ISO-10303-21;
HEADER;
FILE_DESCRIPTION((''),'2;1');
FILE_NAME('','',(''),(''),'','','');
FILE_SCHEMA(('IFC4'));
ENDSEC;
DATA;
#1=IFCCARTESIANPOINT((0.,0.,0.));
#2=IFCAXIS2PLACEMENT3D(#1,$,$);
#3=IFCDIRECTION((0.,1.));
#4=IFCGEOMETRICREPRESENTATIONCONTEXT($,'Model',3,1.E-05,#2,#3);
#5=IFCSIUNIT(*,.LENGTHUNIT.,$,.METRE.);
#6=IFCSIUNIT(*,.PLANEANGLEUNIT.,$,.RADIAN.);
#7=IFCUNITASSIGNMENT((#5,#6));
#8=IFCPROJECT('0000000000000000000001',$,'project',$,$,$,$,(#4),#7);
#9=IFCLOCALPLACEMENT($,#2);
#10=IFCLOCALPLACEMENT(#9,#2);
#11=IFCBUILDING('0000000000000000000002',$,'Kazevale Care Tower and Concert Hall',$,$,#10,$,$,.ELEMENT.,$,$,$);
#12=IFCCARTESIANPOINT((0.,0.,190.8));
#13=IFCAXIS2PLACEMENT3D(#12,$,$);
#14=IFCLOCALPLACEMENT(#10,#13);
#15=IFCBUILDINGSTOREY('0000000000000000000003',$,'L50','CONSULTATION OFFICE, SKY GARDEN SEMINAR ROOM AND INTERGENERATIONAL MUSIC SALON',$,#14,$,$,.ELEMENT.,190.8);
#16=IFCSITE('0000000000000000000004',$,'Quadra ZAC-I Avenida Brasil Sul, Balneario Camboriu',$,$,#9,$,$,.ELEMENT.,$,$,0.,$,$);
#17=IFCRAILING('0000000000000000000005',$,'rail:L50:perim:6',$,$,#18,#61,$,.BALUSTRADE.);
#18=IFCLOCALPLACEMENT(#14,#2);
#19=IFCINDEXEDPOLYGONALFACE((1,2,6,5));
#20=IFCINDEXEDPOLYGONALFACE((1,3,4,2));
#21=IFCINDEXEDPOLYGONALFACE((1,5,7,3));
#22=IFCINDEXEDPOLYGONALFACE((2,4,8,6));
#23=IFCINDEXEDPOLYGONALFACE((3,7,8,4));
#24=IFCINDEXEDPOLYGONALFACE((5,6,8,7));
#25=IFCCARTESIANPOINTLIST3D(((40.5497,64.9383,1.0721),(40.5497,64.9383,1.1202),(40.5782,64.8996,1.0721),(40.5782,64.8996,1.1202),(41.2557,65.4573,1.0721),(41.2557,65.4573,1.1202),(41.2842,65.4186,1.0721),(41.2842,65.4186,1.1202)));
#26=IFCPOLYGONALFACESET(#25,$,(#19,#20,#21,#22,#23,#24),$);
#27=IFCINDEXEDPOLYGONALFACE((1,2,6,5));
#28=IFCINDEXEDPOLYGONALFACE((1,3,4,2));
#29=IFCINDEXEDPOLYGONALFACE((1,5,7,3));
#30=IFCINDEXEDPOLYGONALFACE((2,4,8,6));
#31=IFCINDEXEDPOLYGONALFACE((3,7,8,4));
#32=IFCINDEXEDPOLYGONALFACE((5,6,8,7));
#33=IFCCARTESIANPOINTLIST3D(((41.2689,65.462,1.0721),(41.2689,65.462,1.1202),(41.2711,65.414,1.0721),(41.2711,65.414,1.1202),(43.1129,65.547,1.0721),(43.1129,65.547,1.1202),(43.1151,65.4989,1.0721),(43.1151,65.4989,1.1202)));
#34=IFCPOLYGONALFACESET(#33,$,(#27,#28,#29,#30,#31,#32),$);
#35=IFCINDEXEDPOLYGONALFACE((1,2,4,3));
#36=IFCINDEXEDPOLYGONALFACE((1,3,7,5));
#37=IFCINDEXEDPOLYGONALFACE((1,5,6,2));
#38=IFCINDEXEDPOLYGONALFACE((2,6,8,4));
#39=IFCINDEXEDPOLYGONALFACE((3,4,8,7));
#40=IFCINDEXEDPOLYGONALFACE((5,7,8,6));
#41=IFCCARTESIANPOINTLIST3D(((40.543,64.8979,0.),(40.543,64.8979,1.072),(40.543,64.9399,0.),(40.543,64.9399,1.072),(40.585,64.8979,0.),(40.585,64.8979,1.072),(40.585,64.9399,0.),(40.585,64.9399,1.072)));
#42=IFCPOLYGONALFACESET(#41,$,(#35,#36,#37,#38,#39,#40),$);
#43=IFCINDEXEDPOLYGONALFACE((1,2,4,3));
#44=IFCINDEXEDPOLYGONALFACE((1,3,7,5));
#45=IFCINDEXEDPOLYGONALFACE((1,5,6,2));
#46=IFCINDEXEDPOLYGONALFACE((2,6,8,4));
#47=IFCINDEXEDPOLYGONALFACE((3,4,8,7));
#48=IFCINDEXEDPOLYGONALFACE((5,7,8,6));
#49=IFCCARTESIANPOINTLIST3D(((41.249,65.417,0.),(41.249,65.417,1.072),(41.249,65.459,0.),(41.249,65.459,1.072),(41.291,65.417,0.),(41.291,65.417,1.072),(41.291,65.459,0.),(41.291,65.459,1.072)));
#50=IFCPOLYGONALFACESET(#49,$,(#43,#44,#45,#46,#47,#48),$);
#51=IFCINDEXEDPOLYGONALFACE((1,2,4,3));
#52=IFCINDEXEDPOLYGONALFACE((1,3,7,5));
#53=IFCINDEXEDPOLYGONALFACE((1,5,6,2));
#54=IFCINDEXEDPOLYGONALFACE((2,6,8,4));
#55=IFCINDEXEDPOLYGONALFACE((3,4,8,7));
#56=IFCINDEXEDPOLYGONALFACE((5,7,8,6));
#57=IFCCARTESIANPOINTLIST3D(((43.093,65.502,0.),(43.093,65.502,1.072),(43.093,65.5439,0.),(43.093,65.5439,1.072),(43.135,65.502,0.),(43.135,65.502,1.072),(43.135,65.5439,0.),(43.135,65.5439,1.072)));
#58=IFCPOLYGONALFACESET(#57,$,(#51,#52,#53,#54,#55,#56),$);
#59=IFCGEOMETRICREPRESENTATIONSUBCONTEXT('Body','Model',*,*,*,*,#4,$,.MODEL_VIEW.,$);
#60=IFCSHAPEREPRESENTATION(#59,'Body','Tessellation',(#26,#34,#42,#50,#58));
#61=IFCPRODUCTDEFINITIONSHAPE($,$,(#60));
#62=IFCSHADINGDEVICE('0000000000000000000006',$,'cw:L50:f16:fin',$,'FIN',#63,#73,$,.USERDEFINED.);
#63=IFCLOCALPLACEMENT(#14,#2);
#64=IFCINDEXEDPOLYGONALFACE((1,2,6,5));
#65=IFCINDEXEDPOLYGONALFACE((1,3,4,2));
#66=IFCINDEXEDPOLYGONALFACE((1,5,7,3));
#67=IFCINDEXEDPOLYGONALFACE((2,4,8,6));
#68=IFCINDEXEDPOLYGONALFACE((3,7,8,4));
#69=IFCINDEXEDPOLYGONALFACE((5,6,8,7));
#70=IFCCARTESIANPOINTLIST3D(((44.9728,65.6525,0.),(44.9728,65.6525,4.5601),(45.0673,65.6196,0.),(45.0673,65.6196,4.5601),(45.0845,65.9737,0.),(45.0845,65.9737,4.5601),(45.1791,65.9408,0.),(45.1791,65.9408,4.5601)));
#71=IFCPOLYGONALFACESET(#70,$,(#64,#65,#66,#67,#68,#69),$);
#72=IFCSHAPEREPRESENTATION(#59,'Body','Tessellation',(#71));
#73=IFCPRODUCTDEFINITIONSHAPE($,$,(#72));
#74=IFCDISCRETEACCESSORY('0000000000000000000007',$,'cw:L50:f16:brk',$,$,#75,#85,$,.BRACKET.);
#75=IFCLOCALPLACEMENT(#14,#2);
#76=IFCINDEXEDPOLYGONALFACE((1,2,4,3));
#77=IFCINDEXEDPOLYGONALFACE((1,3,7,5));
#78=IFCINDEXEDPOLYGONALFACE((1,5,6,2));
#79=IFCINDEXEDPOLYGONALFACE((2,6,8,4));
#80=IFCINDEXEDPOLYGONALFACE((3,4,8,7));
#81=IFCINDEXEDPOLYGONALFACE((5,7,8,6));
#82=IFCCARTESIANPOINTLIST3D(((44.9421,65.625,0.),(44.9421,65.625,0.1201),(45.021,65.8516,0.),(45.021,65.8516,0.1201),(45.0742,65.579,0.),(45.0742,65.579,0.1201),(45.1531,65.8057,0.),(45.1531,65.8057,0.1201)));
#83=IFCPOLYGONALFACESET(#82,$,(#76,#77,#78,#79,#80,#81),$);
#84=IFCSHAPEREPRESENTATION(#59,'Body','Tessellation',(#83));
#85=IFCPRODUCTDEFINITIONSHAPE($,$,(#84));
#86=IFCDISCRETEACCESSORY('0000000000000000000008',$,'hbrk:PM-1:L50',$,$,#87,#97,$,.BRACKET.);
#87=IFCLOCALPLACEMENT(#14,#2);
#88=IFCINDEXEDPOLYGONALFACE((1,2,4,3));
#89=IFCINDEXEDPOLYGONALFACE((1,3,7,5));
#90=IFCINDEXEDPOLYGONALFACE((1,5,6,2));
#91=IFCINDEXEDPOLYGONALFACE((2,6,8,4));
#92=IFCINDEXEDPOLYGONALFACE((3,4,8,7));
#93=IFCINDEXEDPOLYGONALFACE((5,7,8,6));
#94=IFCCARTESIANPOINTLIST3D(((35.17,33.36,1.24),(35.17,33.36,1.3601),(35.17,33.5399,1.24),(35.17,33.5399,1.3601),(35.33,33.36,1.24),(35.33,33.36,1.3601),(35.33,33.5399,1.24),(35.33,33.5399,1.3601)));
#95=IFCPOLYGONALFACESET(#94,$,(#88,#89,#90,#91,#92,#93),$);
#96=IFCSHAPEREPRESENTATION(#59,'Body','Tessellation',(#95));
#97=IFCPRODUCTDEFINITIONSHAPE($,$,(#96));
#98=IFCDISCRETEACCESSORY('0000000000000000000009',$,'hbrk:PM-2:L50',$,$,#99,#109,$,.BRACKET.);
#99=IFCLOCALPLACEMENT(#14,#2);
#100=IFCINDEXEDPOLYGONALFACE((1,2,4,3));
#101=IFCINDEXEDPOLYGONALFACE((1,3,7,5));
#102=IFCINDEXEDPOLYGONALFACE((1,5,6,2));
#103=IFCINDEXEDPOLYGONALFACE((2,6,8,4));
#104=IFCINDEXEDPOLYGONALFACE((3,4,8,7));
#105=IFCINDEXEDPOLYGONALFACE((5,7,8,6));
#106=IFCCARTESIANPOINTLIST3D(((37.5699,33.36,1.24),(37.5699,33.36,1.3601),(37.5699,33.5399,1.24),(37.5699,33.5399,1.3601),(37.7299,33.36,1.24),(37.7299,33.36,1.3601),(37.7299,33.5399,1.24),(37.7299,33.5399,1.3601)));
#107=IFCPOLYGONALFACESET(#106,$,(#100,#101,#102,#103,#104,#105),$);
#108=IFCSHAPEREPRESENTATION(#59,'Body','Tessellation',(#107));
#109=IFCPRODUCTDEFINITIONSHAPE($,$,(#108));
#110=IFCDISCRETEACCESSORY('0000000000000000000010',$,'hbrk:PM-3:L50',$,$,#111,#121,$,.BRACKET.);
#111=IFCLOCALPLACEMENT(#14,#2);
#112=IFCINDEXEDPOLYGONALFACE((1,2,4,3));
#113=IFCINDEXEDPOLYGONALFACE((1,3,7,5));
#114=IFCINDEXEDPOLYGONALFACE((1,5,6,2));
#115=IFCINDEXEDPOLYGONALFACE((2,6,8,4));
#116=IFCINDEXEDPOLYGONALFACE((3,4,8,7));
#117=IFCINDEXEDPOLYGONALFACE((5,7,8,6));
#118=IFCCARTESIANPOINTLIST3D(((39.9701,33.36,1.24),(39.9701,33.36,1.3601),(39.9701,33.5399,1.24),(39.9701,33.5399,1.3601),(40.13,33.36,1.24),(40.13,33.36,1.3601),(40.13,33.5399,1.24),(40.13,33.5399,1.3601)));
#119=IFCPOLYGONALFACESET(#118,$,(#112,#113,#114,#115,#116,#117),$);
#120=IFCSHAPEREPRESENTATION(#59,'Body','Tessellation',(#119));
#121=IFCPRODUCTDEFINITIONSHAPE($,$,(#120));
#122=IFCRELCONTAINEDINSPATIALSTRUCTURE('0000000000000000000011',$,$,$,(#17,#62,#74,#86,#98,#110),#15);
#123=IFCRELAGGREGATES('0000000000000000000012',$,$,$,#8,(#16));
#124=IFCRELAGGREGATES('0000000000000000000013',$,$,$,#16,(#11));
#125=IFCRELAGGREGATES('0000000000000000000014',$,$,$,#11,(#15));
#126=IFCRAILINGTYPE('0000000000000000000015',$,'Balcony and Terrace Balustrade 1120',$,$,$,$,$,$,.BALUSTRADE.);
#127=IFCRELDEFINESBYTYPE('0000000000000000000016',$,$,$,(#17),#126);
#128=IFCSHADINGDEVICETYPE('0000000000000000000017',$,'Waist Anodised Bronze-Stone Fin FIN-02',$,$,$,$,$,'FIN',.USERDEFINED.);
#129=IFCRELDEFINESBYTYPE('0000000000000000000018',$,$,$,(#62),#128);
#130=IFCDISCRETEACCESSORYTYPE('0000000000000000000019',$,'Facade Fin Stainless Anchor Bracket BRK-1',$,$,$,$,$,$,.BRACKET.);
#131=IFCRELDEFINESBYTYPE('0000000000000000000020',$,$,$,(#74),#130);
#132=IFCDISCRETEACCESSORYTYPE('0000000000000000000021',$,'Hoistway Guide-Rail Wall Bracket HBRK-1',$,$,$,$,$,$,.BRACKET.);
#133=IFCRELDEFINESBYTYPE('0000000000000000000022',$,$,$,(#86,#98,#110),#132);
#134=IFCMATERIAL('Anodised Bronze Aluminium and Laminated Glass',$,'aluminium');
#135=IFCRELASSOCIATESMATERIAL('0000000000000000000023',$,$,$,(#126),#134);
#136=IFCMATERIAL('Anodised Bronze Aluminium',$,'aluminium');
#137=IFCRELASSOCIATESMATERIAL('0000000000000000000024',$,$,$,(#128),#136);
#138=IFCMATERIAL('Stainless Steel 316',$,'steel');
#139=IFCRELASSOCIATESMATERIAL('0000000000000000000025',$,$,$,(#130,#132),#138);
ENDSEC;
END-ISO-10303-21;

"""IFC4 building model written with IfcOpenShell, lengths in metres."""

from ifc_helpers import new_model, si_unit, direction, frame, origin, origin_2d, place, context, subcontext, project, spatial, rectangle, extrude, material, type_object, element, save


model = new_model("IFC4")

# Units and contexts
model_context = context("Model", 3, precision=1e-05, world=origin(), true_north=direction((0.0, 1.0)))
body_context = subcontext(model_context, "Body", "Model", "MODEL_VIEW")
ifc_project = project(units=[si_unit("LENGTHUNIT", "METRE"), si_unit("PLANEANGLEUNIT", "RADIAN")], contexts=[model_context])

# Site, building, storey
site_placement = place(None, origin())
site = spatial("IfcSite", under=ifc_project, at=site_placement, Name="Quadra ZAC-I Avenida Brasil Sul, Balneario Camboriu", CompositionType="ELEMENT", RefElevation=0.0)
building_placement = place(site_placement, origin())
building = spatial("IfcBuilding", under=site, at=building_placement, Name="Kazevale Care Tower and Concert Hall", CompositionType="ELEMENT")
storey_placement = place(building_placement, frame((0.0, 0.0, 190.8)))
storey = spatial("IfcBuildingStorey", under=building, at=storey_placement, Name="L50", Description="CONSULTATION OFFICE, SKY GARDEN SEMINAR ROOM AND INTERGENERATIONAL MUSIC SALON", CompositionType="ELEMENT", Elevation=190.8)

# Railing
ifc_material_1 = material(Name="Anodised Bronze Aluminium and Laminated Glass", Category="aluminium")
railing_type = type_object("IfcRailingType", Name="Balcony and Terrace Balustrade 1120", PredefinedType="BALUSTRADE", material=ifc_material_1)
railing_placement = place(storey_placement, frame((40.564, 64.9189, 0.0)))
element("IfcRailing", 1, at=railing_placement, inside=storey, type_object=railing_type, Name="rail:L50:perim:6", PredefinedType="BALUSTRADE", context=body_context, shape_type="SweptSolid", body=[
    extrude(rectangle(XDim=0.0481, YDim=0.0481, at=origin_2d()), frame((0.0, 0.0, 1.0962), z_axis=(0.805714, 0.592305, 0.0), x_axis=(-0.592305, 0.805714, 0.0)), (0.0, 0.0, 1.0), 0.8762),
    extrude(rectangle(XDim=0.0481, YDim=0.0481, at=origin_2d()), frame((0.7061, 0.519, 1.0962), z_axis=(0.99894, 0.046026, 0.0), x_axis=(-0.046026, 0.99894, 0.0)), (0.0, 0.0, 1.0), 1.8459),
    extrude(rectangle(XDim=0.042, YDim=0.042, at=origin_2d()), origin(), (0.0, 0.0, 1.0), 1.072),
    extrude(rectangle(XDim=0.042, YDim=0.042, at=origin_2d()), frame((0.7061, 0.519, 0.0)), (0.0, 0.0, 1.0), 1.072),
    extrude(rectangle(XDim=0.042, YDim=0.042, at=origin_2d()), frame((2.55, 0.604, 0.0)), (0.0, 0.0, 1.0), 1.072),
])

# Shading device
ifc_material_2 = material(Name="Anodised Bronze Aluminium", Category="aluminium")
shading_device_type = type_object("IfcShadingDeviceType", Name="Waist Anodised Bronze-Stone Fin FIN-02", ElementType="FIN", PredefinedType="USERDEFINED", material=ifc_material_2)
shading_device_placement = place(storey_placement, frame((45.0759, 65.7966, 0.0), z_axis=(0.0, 0.0, 1.0), x_axis=(0.328537, 0.944491, 0.0)))
element("IfcShadingDevice", 2, at=shading_device_placement, inside=storey, type_object=shading_device_type, Name="cw:L50:f16:fin", ObjectType="FIN", PredefinedType="USERDEFINED", context=body_context, shape_type="SweptSolid", body=[
    extrude(rectangle(XDim=0.3401, YDim=0.1001, at=origin_2d()), origin(), (0.0, 0.0, 1.0), 4.5601),
])

# Discrete accessories
ifc_material_3 = material(Name="Stainless Steel 316", Category="steel")
discrete_accessory_type_1 = type_object("IfcDiscreteAccessoryType", Name="Facade Fin Stainless Anchor Bracket BRK-1", PredefinedType="BRACKET", material=ifc_material_3)
discrete_accessory_placement = place(storey_placement, frame((45.0476, 65.7153, 0.0), z_axis=(0.0, 0.0, 1.0), x_axis=(0.328537, 0.944491, 0.0)))
element("IfcDiscreteAccessory", 3, at=discrete_accessory_placement, inside=storey, type_object=discrete_accessory_type_1, Name="cw:L50:f16:brk", PredefinedType="BRACKET", context=body_context, shape_type="SweptSolid", body=[
    extrude(rectangle(XDim=0.24, YDim=0.1399, at=origin_2d()), origin(), (0.0, 0.0, 1.0), 0.1201),
])
discrete_accessory_type_2 = type_object("IfcDiscreteAccessoryType", Name="Hoistway Guide-Rail Wall Bracket HBRK-1", PredefinedType="BRACKET", material=ifc_material_3)
for number, where, z_axis, x_axis, name in (
    (4, (35.25, 33.45, 1.24), (0.0, 0.0, 1.0), (1.0, 0.0, 0.0), "hbrk:PM-1:L50"),
    (5, (37.6499, 33.45, 1.24), (0.0, 0.0, 1.0), (1.0, 0.0, 0.0), "hbrk:PM-2:L50"),
    (6, (40.05, 33.45, 1.24), (0.0, 0.0, 1.0), (1.0, 0.0, 0.0), "hbrk:PM-3:L50"),
):
    element("IfcDiscreteAccessory", number, at=place(storey_placement, frame(where, z_axis=z_axis, x_axis=x_axis)), inside=storey, type_object=discrete_accessory_type_2, Name=name, PredefinedType="BRACKET", context=body_context, shape_type="SweptSolid", body=[
        extrude(rectangle(XDim=0.1599, YDim=0.1799, at=origin_2d()), origin(), (0.0, 0.0, 1.0), 0.1201),
    ])

save(model, "model.ifc")
